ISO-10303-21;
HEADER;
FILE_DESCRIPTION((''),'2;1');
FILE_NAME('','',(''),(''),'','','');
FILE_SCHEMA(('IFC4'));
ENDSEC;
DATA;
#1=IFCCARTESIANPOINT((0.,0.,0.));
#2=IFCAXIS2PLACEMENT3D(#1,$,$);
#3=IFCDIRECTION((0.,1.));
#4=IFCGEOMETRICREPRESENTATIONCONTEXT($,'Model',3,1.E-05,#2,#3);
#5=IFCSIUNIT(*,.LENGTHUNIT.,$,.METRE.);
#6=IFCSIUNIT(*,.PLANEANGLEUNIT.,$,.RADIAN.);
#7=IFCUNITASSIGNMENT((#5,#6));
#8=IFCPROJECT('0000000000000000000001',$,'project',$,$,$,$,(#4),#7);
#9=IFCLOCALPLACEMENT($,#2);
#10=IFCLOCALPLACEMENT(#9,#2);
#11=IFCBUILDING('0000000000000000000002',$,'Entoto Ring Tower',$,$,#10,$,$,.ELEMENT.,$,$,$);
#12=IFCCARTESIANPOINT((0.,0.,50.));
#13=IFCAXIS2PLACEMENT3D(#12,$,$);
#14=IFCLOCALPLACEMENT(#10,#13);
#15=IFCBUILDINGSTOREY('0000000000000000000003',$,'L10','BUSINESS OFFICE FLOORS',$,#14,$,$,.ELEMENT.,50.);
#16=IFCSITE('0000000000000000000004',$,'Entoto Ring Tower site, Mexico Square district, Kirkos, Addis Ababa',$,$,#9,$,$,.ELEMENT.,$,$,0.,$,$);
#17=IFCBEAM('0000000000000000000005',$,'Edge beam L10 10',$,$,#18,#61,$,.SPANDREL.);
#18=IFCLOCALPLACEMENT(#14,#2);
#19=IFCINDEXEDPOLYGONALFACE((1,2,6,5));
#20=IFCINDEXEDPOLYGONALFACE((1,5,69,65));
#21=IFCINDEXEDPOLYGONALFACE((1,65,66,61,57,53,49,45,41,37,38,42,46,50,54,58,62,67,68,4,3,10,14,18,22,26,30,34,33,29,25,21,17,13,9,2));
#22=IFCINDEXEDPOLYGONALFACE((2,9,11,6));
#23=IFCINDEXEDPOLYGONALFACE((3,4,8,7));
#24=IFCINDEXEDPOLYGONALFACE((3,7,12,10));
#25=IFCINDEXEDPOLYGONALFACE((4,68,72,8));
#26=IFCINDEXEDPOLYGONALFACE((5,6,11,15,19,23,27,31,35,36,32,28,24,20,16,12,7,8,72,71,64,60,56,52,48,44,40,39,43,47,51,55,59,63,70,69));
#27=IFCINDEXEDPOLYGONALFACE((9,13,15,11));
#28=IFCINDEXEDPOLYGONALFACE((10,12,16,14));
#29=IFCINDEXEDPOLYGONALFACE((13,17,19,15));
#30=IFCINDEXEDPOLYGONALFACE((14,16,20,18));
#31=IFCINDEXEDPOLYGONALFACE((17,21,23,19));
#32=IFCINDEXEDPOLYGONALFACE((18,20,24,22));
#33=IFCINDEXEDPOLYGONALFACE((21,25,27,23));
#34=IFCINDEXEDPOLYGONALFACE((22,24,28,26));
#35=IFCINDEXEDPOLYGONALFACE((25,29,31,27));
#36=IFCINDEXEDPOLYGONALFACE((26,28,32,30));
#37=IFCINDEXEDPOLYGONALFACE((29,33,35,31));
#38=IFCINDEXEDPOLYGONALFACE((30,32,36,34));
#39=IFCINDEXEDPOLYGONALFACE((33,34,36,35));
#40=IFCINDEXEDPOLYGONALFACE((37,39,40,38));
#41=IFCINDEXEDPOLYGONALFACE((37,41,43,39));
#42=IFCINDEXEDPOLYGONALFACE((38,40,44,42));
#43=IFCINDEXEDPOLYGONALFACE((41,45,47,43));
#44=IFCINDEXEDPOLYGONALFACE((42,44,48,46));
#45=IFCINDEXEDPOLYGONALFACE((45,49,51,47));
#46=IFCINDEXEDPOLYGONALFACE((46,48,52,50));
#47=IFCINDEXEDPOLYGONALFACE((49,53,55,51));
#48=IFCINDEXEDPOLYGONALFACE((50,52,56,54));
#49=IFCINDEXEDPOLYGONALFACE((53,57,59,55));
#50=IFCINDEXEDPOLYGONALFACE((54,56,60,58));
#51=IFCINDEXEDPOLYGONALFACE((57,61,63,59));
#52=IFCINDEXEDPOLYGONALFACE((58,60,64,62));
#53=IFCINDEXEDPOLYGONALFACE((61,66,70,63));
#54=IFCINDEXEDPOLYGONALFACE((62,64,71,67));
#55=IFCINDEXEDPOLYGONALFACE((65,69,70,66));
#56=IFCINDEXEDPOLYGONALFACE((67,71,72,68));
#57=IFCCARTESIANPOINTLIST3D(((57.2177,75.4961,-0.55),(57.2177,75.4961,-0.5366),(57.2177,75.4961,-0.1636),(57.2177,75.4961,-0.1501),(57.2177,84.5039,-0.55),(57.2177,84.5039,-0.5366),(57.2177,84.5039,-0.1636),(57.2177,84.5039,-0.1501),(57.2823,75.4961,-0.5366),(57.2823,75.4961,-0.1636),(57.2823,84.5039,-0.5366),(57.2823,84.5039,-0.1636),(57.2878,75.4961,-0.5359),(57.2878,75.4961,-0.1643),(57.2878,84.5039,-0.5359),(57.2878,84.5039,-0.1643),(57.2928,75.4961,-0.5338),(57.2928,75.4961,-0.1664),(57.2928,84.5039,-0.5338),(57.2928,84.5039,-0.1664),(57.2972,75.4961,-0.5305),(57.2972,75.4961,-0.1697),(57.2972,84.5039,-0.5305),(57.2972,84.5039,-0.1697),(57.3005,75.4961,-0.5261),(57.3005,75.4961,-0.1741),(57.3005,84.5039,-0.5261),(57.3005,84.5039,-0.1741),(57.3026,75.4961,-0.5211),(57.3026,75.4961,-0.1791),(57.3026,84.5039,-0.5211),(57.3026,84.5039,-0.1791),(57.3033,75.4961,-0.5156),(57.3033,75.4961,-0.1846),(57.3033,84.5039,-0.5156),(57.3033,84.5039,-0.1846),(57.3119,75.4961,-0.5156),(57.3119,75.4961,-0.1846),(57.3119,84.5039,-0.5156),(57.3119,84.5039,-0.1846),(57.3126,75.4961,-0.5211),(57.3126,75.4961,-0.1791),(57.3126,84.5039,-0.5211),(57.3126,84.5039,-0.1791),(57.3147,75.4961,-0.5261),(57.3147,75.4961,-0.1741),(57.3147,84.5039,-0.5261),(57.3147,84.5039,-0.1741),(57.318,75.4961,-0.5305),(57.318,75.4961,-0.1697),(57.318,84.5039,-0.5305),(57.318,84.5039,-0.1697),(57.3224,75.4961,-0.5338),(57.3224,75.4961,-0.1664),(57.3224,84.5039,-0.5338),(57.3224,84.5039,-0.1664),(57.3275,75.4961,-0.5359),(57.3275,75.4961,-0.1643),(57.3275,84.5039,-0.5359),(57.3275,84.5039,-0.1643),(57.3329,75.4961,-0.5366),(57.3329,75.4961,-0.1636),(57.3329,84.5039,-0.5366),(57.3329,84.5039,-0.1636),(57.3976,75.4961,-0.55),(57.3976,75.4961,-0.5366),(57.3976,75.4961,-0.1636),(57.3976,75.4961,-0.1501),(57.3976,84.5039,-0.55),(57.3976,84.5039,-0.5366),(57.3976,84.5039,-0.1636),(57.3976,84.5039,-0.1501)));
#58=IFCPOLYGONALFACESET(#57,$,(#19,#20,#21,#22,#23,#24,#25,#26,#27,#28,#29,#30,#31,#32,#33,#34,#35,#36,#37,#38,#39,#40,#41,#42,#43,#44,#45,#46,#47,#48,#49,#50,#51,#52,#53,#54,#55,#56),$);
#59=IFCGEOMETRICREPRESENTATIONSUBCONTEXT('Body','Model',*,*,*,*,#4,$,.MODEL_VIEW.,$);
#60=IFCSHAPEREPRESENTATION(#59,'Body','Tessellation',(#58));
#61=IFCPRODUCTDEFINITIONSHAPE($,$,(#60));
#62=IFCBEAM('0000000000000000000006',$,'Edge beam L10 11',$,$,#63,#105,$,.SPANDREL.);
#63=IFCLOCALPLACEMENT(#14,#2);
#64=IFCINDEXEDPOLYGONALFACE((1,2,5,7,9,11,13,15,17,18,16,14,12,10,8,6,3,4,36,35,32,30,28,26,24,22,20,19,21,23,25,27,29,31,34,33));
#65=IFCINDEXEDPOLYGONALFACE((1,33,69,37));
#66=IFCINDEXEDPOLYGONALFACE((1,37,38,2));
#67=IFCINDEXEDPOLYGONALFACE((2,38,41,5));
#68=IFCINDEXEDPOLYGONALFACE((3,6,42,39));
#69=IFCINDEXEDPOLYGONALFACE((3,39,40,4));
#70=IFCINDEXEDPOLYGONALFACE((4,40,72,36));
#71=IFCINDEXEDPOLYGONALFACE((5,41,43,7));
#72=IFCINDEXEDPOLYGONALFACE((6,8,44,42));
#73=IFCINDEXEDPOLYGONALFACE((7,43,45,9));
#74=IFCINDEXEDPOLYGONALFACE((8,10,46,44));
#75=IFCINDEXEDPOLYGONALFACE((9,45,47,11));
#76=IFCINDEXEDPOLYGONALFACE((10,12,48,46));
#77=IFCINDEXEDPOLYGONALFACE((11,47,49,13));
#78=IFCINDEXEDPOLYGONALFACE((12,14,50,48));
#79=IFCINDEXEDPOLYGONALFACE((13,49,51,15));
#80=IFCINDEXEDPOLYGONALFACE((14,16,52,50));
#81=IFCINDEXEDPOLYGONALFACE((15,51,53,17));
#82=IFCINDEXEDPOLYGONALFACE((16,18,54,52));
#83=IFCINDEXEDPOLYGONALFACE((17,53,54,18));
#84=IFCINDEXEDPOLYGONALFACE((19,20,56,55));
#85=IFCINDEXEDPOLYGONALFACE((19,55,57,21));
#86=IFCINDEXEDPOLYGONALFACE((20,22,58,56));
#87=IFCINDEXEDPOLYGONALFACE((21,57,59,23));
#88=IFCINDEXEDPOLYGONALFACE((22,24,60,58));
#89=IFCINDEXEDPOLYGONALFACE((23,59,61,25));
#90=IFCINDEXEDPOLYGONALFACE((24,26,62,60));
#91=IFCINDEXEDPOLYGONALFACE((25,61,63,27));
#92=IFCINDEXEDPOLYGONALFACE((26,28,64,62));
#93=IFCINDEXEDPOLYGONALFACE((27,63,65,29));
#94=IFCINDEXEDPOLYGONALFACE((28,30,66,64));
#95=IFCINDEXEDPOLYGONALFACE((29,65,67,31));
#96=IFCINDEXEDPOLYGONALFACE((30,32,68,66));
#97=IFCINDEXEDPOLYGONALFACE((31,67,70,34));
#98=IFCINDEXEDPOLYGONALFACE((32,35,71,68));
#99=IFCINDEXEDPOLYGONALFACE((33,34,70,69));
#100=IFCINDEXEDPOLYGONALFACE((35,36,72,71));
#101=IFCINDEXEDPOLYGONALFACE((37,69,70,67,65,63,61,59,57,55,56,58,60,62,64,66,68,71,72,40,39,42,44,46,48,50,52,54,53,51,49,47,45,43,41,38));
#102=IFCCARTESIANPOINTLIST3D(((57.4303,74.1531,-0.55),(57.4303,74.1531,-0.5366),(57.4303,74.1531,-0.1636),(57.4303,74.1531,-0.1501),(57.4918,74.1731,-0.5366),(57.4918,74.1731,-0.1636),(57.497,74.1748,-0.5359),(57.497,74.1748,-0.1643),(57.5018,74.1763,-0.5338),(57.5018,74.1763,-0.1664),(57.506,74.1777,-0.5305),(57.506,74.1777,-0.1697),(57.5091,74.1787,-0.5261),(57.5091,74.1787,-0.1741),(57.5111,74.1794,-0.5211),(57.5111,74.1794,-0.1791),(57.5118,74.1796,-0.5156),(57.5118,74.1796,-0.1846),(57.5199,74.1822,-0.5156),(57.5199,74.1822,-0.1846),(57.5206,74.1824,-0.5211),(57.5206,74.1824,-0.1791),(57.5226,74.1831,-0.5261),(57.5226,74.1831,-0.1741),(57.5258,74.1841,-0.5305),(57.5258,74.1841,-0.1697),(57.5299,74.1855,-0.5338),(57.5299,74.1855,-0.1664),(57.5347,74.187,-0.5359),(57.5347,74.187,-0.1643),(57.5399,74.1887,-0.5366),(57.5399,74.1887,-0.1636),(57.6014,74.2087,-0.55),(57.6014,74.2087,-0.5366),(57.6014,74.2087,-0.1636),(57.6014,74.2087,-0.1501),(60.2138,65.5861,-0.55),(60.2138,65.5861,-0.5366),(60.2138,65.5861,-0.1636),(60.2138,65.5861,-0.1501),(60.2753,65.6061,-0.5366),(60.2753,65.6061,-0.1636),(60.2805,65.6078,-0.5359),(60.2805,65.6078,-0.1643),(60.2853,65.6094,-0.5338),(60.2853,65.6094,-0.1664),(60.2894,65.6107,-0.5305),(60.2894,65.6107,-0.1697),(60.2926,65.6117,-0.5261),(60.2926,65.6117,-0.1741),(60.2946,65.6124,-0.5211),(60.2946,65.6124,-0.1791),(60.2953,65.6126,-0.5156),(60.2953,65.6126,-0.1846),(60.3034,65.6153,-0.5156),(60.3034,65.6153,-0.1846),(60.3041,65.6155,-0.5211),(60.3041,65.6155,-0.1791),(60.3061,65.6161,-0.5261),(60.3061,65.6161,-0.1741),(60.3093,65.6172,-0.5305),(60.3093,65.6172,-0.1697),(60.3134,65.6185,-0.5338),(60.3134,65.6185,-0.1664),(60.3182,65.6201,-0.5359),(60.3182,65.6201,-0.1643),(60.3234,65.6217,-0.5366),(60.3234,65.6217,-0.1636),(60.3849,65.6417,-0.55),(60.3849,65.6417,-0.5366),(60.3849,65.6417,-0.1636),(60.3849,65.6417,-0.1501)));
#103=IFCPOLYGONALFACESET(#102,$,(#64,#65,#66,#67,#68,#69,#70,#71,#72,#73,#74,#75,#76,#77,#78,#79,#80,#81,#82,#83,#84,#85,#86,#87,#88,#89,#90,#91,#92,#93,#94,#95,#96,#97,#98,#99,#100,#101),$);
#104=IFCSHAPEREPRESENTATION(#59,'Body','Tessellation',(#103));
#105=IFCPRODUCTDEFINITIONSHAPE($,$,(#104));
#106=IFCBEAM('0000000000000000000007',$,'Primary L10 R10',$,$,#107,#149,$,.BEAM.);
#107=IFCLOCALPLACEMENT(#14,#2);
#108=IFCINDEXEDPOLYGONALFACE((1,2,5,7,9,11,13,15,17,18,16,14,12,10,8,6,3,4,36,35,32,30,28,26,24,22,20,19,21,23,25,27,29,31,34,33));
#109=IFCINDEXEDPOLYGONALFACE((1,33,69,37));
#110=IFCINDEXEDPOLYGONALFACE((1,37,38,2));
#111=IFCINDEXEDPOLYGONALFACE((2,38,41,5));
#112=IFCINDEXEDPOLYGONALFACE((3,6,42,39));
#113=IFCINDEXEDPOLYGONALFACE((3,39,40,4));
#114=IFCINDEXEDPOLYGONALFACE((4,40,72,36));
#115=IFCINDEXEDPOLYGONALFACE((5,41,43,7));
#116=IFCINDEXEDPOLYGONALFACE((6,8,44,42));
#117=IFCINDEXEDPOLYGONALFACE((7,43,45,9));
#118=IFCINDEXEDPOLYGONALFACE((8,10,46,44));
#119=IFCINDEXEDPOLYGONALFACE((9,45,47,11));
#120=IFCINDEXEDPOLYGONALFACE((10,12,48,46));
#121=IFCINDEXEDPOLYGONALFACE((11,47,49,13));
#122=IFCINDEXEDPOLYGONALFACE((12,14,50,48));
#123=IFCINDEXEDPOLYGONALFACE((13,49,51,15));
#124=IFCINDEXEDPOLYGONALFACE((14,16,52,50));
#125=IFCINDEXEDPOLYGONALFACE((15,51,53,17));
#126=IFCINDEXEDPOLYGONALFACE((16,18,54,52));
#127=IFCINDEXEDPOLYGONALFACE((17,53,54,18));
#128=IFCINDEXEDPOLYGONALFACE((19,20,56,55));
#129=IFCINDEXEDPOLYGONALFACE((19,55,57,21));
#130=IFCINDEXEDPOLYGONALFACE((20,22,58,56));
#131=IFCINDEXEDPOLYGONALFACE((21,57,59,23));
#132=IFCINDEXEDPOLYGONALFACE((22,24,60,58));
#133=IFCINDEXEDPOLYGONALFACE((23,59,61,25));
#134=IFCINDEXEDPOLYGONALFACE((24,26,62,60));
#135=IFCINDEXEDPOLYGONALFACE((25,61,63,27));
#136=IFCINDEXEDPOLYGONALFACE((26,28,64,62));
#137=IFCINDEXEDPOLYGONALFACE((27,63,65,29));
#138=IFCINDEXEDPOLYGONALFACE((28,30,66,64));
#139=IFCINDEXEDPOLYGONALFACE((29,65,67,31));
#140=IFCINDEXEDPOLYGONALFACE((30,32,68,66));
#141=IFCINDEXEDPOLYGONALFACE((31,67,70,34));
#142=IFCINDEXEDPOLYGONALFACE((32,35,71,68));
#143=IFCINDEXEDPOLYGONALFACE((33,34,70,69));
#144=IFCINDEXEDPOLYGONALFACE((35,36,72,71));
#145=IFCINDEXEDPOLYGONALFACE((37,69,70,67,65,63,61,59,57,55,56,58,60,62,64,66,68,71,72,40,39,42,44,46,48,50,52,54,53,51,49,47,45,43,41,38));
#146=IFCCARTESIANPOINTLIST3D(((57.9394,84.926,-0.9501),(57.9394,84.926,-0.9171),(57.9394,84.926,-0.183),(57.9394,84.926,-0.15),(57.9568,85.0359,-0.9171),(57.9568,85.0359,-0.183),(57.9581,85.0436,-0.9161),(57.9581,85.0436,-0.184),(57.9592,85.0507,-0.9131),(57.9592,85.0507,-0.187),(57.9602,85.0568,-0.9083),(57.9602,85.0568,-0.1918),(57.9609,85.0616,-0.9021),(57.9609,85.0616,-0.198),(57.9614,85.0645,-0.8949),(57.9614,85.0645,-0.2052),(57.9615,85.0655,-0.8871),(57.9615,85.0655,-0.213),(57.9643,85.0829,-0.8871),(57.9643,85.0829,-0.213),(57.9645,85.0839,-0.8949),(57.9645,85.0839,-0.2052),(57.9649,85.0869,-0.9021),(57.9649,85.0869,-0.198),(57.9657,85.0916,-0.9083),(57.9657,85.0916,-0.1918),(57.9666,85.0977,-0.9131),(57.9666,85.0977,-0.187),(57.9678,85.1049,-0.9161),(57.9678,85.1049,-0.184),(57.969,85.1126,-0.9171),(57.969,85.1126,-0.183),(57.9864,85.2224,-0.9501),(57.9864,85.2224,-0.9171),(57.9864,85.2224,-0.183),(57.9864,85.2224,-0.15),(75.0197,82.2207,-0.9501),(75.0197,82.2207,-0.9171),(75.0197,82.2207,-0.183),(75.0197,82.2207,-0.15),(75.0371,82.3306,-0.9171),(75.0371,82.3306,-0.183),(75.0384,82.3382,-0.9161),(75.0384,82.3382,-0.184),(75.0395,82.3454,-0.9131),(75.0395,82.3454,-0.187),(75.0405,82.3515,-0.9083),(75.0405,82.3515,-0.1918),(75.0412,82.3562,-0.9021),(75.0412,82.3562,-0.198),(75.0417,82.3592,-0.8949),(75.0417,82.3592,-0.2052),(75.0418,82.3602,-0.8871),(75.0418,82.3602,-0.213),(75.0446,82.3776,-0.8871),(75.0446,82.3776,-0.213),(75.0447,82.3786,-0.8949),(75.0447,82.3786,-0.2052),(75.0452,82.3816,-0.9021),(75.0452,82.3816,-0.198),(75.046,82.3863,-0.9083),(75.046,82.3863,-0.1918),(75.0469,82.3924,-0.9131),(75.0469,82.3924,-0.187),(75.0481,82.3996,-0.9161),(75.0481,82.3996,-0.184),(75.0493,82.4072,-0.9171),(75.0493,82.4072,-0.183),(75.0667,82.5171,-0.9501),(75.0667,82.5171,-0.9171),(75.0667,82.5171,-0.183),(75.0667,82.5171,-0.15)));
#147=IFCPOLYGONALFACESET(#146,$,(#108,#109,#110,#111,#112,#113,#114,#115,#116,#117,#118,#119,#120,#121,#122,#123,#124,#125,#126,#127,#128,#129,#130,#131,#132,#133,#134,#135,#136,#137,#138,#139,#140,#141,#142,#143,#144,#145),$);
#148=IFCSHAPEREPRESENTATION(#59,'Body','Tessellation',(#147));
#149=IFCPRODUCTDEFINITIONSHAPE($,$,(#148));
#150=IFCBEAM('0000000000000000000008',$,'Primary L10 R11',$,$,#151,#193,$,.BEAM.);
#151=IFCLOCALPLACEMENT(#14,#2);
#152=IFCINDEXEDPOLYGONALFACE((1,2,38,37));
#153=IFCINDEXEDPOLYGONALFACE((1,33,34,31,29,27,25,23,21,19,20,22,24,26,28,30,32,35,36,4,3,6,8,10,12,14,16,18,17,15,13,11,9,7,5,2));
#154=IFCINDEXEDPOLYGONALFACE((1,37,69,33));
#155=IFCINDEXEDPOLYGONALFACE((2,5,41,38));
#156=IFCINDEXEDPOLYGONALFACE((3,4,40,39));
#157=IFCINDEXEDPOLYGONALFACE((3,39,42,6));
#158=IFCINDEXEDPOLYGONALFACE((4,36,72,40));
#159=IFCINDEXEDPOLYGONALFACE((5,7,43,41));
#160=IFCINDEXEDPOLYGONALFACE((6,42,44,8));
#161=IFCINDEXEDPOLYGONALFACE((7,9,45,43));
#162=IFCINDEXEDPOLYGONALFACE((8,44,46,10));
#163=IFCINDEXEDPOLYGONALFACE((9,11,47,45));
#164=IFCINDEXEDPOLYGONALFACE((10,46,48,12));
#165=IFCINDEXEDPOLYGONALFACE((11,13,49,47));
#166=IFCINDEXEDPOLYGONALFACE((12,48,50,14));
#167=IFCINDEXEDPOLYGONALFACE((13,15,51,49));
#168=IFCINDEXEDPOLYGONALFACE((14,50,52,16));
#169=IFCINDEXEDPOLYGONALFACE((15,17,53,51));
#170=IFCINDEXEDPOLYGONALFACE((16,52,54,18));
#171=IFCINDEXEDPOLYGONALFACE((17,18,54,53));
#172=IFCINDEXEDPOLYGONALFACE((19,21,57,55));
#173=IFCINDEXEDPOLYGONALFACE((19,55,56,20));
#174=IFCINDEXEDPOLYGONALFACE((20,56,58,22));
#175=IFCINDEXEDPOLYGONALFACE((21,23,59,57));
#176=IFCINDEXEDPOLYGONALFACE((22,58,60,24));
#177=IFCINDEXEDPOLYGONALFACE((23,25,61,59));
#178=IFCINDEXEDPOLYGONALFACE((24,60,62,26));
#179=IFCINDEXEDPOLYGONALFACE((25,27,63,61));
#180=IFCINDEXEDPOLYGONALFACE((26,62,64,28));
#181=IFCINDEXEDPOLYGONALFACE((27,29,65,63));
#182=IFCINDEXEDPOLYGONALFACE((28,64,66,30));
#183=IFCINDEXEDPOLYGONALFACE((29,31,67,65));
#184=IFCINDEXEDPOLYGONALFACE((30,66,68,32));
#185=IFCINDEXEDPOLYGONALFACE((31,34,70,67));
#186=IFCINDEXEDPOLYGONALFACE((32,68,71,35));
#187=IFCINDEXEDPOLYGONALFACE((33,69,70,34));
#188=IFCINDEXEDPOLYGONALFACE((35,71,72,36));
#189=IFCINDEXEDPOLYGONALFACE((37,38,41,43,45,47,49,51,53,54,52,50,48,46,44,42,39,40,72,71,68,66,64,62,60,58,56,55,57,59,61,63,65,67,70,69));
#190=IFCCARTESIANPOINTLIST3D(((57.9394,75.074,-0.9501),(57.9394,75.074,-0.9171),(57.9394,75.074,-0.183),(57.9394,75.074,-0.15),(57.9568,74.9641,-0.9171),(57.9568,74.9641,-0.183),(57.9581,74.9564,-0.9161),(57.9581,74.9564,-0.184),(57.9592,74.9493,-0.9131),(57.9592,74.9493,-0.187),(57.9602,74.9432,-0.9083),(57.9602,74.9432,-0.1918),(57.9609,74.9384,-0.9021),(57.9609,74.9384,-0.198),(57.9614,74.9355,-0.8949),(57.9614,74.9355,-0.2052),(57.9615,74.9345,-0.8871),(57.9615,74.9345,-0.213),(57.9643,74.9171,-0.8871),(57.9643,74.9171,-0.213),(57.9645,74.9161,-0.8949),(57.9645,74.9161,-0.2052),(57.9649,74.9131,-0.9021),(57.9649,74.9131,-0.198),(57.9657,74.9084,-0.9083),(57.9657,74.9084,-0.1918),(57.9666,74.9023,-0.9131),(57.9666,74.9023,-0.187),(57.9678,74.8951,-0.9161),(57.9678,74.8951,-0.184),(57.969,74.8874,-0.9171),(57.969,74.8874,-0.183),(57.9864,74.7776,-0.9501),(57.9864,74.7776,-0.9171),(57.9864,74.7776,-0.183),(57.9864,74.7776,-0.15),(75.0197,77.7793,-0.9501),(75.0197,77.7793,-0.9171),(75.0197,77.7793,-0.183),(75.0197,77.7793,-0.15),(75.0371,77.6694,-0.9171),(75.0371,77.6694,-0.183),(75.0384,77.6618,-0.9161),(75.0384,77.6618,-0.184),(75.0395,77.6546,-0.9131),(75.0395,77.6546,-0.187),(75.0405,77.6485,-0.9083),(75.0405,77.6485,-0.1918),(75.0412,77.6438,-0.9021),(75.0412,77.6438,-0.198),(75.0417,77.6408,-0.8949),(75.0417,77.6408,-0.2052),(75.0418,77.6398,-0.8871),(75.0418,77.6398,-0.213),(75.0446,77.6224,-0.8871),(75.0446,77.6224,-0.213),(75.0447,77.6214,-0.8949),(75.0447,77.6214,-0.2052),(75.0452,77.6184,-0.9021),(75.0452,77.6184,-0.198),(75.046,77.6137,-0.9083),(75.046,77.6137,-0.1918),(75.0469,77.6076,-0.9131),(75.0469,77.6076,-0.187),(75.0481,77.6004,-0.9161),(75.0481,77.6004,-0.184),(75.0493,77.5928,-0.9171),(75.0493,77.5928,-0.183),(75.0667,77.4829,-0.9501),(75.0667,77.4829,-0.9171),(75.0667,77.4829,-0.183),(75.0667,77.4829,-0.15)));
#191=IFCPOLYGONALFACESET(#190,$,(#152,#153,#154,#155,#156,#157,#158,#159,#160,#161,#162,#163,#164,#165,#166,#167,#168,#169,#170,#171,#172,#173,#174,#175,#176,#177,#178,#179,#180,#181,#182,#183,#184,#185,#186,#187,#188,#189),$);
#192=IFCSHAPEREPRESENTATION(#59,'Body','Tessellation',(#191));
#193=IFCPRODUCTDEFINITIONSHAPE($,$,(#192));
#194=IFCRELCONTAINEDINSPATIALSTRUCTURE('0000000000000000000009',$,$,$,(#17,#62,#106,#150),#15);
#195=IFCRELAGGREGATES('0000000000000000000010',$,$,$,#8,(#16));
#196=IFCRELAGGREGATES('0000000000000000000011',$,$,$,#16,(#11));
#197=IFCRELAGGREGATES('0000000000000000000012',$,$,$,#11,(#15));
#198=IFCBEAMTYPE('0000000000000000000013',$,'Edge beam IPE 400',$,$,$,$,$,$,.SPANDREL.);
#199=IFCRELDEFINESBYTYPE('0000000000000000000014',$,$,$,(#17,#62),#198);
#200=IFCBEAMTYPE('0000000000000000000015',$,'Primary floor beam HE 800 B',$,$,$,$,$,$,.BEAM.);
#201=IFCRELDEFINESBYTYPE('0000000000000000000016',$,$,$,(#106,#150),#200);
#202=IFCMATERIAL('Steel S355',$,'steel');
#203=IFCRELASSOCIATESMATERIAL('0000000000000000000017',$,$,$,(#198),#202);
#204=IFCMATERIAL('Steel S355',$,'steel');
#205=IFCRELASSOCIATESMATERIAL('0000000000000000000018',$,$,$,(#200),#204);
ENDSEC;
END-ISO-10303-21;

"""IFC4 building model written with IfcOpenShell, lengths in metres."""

from ifc_helpers import new_model, si_unit, direction, frame, origin, origin_2d, place, context, subcontext, project, spatial, i_section, extrude, material, material_profile, profile_set, type_object, element, save


model = new_model("IFC4")

# Units and contexts
model_context = context("Model", 3, precision=1e-05, world=origin(), true_north=direction((0.0, 1.0)))
body_context = subcontext(model_context, "Body", "Model", "MODEL_VIEW")
ifc_project = project(units=[si_unit("LENGTHUNIT", "METRE"), si_unit("PLANEANGLEUNIT", "RADIAN")], contexts=[model_context])

# Site, building, storey
site_placement = place(None, origin())
site = spatial("IfcSite", under=ifc_project, at=site_placement, Name="Entoto Ring Tower site, Mexico Square district, Kirkos, Addis Ababa", CompositionType="ELEMENT", RefElevation=0.0)
building_placement = place(site_placement, origin())
building = spatial("IfcBuilding", under=site, at=building_placement, Name="Entoto Ring Tower", CompositionType="ELEMENT")
storey_placement = place(building_placement, frame((0.0, 0.0, 50.0)))
storey = spatial("IfcBuildingStorey", under=building, at=storey_placement, Name="L10", Description="BUSINESS OFFICE FLOORS", CompositionType="ELEMENT", Elevation=50.0)

# Beams
ifc_material_1 = material(Name="Steel S355", Category="steel")
ifc_material_profile_1 = material_profile(ifc_material_1, i_section(OverallWidth=0.1799, OverallDepth=0.3999, WebThickness=0.0085, FlangeThickness=0.0134, FilletRadius=0.021, at=origin_2d()), Name="IPE 400")
ifc_profile_set_1 = profile_set([ifc_material_profile_1], Name="Steel S355")
beam_type_1 = type_object("IfcBeamType", Name="Edge beam IPE 400", PredefinedType="SPANDREL", material=ifc_profile_set_1)
for number, where, z_axis, x_axis, name in (
    (1, (57.3076, 84.5039, -0.3501), (0.0, -1.0, 0.0), (1.0, 0.0, 0.0), "Edge beam L10 10"),
    (2, (57.5159, 74.1809, -0.3501), (0.309006, -0.95106, 0.0), (0.95106, 0.309006, 0.0), "Edge beam L10 11"),
):
    element("IfcBeam", number, at=place(storey_placement, frame(where, z_axis=z_axis, x_axis=x_axis)), inside=storey, type_object=beam_type_1, Name=name, PredefinedType="SPANDREL", context=body_context, shape_type="SweptSolid", body=[
        extrude(i_section(OverallWidth=0.1799, OverallDepth=0.3999, WebThickness=0.0085, FlangeThickness=0.0134, FilletRadius=0.021, at=origin_2d()), origin(), (0.0, 0.0, 1.0), 9.0078),
    ])
ifc_material_2 = material(Name="Steel S355", Category="steel")
ifc_material_profile_2 = material_profile(ifc_material_2, i_section(OverallWidth=0.3, OverallDepth=0.8, WebThickness=0.0176, FlangeThickness=0.033, FilletRadius=0.03, at=origin_2d()), Name="HE 800 B")
ifc_profile_set_2 = profile_set([ifc_material_profile_2], Name="Steel S355")
beam_type_2 = type_object("IfcBeamType", Name="Primary floor beam HE 800 B", PredefinedType="BEAM", material=ifc_profile_set_2)
for number, where, z_axis, x_axis, name in (
    (3, (75.0432, 82.3689, -0.55), (-0.987688, 0.156438, 0.0), (-0.156438, -0.987688, 0.0), "Primary L10 R10"),
    (4, (75.0432, 77.6311, -0.55), (-0.987688, -0.156438, 0.0), (0.156438, -0.987688, 0.0), "Primary L10 R11"),
):
    element("IfcBeam", number, at=place(storey_placement, frame(where, z_axis=z_axis, x_axis=x_axis)), inside=storey, type_object=beam_type_2, Name=name, PredefinedType="BEAM", context=body_context, shape_type="SweptSolid", body=[
        extrude(i_section(OverallWidth=0.3, OverallDepth=0.8, WebThickness=0.0176, FlangeThickness=0.033, FilletRadius=0.03, at=origin_2d()), origin(), (0.0, 0.0, 1.0), 17.2932),
    ])

save(model, "model.ifc")
